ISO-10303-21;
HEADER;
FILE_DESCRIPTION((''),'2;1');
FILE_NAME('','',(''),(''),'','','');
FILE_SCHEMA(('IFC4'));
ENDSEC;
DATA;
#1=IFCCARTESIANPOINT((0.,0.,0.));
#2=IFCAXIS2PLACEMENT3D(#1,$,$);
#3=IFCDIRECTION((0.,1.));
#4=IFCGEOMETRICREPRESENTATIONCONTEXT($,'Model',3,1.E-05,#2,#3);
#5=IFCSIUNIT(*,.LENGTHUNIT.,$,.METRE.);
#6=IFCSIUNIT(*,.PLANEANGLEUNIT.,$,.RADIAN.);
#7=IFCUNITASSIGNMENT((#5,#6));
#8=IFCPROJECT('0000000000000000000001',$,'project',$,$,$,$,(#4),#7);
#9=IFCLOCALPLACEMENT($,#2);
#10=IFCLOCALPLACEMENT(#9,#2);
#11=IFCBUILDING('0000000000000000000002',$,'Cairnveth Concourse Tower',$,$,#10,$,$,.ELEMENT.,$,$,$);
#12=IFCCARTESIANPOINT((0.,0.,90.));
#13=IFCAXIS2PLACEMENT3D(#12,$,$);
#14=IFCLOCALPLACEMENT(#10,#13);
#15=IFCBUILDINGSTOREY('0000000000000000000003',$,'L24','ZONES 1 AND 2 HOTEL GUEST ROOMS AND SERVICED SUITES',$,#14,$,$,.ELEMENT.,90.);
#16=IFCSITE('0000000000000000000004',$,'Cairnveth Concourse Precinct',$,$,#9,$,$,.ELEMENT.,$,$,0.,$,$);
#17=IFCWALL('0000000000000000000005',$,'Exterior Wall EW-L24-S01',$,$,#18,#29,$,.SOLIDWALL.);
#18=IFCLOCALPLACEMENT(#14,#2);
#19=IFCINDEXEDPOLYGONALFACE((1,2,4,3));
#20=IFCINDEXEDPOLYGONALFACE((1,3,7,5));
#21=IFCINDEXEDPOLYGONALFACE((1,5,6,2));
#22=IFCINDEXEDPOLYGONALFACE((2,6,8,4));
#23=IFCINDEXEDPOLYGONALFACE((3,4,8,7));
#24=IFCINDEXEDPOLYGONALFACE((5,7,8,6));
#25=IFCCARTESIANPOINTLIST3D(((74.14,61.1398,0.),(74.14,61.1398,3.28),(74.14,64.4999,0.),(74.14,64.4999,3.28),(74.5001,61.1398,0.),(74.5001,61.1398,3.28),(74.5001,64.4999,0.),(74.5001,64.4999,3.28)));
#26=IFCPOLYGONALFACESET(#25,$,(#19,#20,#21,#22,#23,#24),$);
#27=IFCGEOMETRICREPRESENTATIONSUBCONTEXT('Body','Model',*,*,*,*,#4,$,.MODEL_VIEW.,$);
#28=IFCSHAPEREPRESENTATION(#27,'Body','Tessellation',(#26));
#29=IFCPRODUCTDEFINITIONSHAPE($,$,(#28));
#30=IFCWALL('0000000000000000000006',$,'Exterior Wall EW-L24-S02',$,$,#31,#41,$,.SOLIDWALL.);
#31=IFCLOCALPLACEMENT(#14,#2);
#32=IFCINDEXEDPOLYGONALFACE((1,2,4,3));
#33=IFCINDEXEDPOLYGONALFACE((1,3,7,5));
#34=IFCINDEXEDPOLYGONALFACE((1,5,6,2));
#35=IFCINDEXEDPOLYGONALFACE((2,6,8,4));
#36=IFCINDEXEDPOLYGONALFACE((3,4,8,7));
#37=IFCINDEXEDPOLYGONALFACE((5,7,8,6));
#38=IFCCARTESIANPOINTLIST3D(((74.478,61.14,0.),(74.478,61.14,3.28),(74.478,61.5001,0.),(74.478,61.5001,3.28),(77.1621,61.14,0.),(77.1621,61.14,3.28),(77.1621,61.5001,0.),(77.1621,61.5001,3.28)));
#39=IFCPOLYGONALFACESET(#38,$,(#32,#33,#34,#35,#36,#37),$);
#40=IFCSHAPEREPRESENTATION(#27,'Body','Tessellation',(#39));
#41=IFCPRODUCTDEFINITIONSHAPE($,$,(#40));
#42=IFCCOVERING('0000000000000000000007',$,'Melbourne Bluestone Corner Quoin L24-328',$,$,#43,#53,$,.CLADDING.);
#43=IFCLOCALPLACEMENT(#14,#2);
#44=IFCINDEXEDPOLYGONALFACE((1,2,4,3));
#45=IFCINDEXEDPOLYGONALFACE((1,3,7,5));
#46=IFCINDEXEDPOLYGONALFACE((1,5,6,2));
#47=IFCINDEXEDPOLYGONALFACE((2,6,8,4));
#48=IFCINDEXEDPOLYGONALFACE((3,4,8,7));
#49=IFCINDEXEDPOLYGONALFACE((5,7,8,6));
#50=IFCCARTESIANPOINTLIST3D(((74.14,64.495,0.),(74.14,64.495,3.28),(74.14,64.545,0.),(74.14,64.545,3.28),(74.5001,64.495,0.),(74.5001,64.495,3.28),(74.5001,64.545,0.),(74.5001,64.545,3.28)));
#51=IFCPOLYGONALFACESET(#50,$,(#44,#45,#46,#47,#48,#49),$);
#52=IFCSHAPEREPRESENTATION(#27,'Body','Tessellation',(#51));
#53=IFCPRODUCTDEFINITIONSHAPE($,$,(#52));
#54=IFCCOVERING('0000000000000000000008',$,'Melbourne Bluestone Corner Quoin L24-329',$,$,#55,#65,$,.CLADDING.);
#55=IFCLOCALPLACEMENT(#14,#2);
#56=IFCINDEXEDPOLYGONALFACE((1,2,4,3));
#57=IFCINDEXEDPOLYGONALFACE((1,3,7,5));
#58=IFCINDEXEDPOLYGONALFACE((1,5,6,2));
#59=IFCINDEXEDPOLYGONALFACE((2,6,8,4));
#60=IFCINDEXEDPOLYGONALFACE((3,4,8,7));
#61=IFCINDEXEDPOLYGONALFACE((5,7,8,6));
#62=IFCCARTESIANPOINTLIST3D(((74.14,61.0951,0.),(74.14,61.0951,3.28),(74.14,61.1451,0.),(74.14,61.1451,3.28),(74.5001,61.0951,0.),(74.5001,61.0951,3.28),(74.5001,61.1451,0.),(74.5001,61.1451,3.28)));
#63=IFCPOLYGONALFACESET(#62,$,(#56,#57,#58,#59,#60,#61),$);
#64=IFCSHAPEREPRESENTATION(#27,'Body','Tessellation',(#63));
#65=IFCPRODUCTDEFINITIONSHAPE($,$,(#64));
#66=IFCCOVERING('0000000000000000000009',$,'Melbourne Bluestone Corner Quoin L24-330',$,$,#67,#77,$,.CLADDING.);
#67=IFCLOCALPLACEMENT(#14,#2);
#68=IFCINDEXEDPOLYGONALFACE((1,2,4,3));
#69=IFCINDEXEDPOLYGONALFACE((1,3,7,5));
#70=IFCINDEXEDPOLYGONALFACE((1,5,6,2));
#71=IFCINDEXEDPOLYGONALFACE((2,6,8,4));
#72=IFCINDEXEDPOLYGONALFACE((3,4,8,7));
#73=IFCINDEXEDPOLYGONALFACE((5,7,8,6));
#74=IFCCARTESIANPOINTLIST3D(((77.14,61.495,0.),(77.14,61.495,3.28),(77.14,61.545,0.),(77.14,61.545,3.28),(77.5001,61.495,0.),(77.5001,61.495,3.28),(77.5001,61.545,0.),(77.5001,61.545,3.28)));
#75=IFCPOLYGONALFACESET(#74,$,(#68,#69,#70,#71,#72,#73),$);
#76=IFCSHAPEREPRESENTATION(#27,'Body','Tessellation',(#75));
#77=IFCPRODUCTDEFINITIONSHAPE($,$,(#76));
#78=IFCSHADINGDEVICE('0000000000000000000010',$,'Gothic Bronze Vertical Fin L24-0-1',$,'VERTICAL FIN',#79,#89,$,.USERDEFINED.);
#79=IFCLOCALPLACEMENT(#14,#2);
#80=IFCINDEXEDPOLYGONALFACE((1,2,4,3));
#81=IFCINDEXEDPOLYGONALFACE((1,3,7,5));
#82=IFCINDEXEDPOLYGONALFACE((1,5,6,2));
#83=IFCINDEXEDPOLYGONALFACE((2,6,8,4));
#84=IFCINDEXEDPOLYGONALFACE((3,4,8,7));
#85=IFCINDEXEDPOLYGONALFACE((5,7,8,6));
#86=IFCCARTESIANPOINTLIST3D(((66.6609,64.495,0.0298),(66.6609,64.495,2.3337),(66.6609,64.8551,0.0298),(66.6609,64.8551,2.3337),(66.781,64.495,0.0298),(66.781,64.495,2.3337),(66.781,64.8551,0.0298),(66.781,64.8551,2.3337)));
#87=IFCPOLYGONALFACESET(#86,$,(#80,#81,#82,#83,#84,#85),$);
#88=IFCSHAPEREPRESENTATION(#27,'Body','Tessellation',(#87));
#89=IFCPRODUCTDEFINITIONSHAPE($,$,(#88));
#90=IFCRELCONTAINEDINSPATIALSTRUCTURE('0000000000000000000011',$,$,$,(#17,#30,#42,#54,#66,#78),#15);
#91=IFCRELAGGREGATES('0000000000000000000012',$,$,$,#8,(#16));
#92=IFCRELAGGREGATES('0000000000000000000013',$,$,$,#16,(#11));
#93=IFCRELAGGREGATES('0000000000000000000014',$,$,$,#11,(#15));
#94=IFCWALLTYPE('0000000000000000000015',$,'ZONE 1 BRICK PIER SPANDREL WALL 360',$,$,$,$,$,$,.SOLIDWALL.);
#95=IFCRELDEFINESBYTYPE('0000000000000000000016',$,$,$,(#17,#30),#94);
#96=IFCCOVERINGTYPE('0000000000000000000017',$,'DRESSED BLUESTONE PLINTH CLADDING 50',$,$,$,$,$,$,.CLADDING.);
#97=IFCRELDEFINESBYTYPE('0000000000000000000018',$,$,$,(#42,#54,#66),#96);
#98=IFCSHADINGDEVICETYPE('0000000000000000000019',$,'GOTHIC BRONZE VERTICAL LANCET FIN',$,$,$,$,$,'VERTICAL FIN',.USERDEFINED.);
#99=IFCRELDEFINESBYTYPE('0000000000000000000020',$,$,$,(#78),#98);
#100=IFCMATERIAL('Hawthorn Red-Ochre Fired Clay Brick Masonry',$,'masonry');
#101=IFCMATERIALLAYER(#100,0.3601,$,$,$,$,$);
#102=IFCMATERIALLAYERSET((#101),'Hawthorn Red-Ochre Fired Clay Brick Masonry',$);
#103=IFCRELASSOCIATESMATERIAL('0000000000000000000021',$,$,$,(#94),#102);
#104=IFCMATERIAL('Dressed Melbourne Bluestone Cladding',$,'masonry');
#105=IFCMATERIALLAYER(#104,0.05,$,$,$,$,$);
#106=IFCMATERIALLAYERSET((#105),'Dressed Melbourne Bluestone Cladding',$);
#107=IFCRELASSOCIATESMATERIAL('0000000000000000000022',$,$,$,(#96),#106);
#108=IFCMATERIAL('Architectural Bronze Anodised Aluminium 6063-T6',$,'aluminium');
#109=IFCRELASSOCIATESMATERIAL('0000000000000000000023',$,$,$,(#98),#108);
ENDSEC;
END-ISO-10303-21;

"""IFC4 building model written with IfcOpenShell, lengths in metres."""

from ifc_helpers import new_model, si_unit, direction, frame, frame_2d, origin, origin_2d, place, context, subcontext, project, spatial, rectangle, extrude, material, layer, layer_set, type_object, element, save


model = new_model("IFC4")

# Units and contexts
model_context = context("Model", 3, precision=1e-05, world=origin(), true_north=direction((0.0, 1.0)))
body_context = subcontext(model_context, "Body", "Model", "MODEL_VIEW")
ifc_project = project(units=[si_unit("LENGTHUNIT", "METRE"), si_unit("PLANEANGLEUNIT", "RADIAN")], contexts=[model_context])

# Site, building, storey
site_placement = place(None, origin())
site = spatial("IfcSite", under=ifc_project, at=site_placement, Name="Cairnveth Concourse Precinct", CompositionType="ELEMENT", RefElevation=0.0)
building_placement = place(site_placement, origin())
building = spatial("IfcBuilding", under=site, at=building_placement, Name="Cairnveth Concourse Tower", CompositionType="ELEMENT")
storey_placement = place(building_placement, frame((0.0, 0.0, 90.0)))
storey = spatial("IfcBuildingStorey", under=building, at=storey_placement, Name="L24", Description="ZONES 1 AND 2 HOTEL GUEST ROOMS AND SERVICED SUITES", CompositionType="ELEMENT", Elevation=90.0)

# Walls
ifc_material_1 = material(Name="Hawthorn Red-Ochre Fired Clay Brick Masonry", Category="masonry")
ifc_layer_1 = layer(ifc_material_1, 0.3601)
ifc_layer_set_1 = layer_set([ifc_layer_1], Name="Hawthorn Red-Ochre Fired Clay Brick Masonry")
wall_type = type_object("IfcWallType", Name="ZONE 1 BRICK PIER SPANDREL WALL 360", PredefinedType="SOLIDWALL", material=ifc_layer_set_1)
wall_1_placement = place(storey_placement, frame((74.3201, 64.5, 0.0), z_axis=(0.0, 0.0, 1.0), x_axis=(0.0, -1.0, 0.0)))
element("IfcWall", 1, at=wall_1_placement, inside=storey, type_object=wall_type, Name="Exterior Wall EW-L24-S01", PredefinedType="SOLIDWALL", context=body_context, shape_type="SweptSolid", body=[
    extrude(rectangle(XDim=3.3601, YDim=0.3601, at=frame_2d((1.6802, 0.0))), origin(), (0.0, 0.0, 1.0), 3.28),
])
wall_2_placement = place(storey_placement, frame((74.478, 61.3201, 0.0), z_axis=(0.0, 0.0, 1.0), x_axis=(1.0, 0.0, 0.0)))
element("IfcWall", 2, at=wall_2_placement, inside=storey, type_object=wall_type, Name="Exterior Wall EW-L24-S02", PredefinedType="SOLIDWALL", context=body_context, shape_type="SweptSolid", body=[
    extrude(rectangle(XDim=2.6841, YDim=0.3601, at=frame_2d((1.342, 0.0))), origin(), (0.0, 0.0, 1.0), 3.28),
])

# Coverings
ifc_material_2 = material(Name="Dressed Melbourne Bluestone Cladding", Category="masonry")
ifc_layer_2 = layer(ifc_material_2, 0.05)
ifc_layer_set_2 = layer_set([ifc_layer_2], Name="Dressed Melbourne Bluestone Cladding")
covering_type = type_object("IfcCoveringType", Name="DRESSED BLUESTONE PLINTH CLADDING 50", PredefinedType="CLADDING", material=ifc_layer_set_2)
for number, where, z_axis, x_axis, name in (
    (3, (74.1399, 64.52, 0.0), (0.0, 0.0, 1.0), (1.0, 0.0, 0.0), "Melbourne Bluestone Corner Quoin L24-328"),
    (4, (74.1399, 61.1201, 0.0), (0.0, 0.0, 1.0), (1.0, 0.0, 0.0), "Melbourne Bluestone Corner Quoin L24-329"),
    (5, (77.1399, 61.52, 0.0), (0.0, 0.0, 1.0), (1.0, 0.0, 0.0), "Melbourne Bluestone Corner Quoin L24-330"),
):
    element("IfcCovering", number, at=place(storey_placement, frame(where, z_axis=z_axis, x_axis=x_axis)), inside=storey, type_object=covering_type, Name=name, PredefinedType="CLADDING", context=body_context, shape_type="SweptSolid", body=[
        extrude(rectangle(XDim=0.3601, YDim=0.05, at=frame_2d((0.1802, 0.0))), origin(), (0.0, 0.0, 1.0), 3.28),
    ])

# Shading device
ifc_material_3 = material(Name="Architectural Bronze Anodised Aluminium 6063-T6", Category="aluminium")
shading_device_type = type_object("IfcShadingDeviceType", Name="GOTHIC BRONZE VERTICAL LANCET FIN", ElementType="VERTICAL FIN", PredefinedType="USERDEFINED", material=ifc_material_3)
shading_device_placement = place(storey_placement, frame((66.7209, 64.675, 0.0298), z_axis=(0.0, 0.0, 1.0), x_axis=(1.0, 0.0, 0.0)))
element("IfcShadingDevice", 6, at=shading_device_placement, inside=storey, type_object=shading_device_type, Name="Gothic Bronze Vertical Fin L24-0-1", ObjectType="VERTICAL FIN", PredefinedType="USERDEFINED", context=body_context, shape_type="SweptSolid", body=[
    extrude(rectangle(XDim=0.1201, YDim=0.3601, at=origin_2d()), origin(), (0.0, 0.0, 1.0), 2.304),
])

save(model, "model.ifc")
